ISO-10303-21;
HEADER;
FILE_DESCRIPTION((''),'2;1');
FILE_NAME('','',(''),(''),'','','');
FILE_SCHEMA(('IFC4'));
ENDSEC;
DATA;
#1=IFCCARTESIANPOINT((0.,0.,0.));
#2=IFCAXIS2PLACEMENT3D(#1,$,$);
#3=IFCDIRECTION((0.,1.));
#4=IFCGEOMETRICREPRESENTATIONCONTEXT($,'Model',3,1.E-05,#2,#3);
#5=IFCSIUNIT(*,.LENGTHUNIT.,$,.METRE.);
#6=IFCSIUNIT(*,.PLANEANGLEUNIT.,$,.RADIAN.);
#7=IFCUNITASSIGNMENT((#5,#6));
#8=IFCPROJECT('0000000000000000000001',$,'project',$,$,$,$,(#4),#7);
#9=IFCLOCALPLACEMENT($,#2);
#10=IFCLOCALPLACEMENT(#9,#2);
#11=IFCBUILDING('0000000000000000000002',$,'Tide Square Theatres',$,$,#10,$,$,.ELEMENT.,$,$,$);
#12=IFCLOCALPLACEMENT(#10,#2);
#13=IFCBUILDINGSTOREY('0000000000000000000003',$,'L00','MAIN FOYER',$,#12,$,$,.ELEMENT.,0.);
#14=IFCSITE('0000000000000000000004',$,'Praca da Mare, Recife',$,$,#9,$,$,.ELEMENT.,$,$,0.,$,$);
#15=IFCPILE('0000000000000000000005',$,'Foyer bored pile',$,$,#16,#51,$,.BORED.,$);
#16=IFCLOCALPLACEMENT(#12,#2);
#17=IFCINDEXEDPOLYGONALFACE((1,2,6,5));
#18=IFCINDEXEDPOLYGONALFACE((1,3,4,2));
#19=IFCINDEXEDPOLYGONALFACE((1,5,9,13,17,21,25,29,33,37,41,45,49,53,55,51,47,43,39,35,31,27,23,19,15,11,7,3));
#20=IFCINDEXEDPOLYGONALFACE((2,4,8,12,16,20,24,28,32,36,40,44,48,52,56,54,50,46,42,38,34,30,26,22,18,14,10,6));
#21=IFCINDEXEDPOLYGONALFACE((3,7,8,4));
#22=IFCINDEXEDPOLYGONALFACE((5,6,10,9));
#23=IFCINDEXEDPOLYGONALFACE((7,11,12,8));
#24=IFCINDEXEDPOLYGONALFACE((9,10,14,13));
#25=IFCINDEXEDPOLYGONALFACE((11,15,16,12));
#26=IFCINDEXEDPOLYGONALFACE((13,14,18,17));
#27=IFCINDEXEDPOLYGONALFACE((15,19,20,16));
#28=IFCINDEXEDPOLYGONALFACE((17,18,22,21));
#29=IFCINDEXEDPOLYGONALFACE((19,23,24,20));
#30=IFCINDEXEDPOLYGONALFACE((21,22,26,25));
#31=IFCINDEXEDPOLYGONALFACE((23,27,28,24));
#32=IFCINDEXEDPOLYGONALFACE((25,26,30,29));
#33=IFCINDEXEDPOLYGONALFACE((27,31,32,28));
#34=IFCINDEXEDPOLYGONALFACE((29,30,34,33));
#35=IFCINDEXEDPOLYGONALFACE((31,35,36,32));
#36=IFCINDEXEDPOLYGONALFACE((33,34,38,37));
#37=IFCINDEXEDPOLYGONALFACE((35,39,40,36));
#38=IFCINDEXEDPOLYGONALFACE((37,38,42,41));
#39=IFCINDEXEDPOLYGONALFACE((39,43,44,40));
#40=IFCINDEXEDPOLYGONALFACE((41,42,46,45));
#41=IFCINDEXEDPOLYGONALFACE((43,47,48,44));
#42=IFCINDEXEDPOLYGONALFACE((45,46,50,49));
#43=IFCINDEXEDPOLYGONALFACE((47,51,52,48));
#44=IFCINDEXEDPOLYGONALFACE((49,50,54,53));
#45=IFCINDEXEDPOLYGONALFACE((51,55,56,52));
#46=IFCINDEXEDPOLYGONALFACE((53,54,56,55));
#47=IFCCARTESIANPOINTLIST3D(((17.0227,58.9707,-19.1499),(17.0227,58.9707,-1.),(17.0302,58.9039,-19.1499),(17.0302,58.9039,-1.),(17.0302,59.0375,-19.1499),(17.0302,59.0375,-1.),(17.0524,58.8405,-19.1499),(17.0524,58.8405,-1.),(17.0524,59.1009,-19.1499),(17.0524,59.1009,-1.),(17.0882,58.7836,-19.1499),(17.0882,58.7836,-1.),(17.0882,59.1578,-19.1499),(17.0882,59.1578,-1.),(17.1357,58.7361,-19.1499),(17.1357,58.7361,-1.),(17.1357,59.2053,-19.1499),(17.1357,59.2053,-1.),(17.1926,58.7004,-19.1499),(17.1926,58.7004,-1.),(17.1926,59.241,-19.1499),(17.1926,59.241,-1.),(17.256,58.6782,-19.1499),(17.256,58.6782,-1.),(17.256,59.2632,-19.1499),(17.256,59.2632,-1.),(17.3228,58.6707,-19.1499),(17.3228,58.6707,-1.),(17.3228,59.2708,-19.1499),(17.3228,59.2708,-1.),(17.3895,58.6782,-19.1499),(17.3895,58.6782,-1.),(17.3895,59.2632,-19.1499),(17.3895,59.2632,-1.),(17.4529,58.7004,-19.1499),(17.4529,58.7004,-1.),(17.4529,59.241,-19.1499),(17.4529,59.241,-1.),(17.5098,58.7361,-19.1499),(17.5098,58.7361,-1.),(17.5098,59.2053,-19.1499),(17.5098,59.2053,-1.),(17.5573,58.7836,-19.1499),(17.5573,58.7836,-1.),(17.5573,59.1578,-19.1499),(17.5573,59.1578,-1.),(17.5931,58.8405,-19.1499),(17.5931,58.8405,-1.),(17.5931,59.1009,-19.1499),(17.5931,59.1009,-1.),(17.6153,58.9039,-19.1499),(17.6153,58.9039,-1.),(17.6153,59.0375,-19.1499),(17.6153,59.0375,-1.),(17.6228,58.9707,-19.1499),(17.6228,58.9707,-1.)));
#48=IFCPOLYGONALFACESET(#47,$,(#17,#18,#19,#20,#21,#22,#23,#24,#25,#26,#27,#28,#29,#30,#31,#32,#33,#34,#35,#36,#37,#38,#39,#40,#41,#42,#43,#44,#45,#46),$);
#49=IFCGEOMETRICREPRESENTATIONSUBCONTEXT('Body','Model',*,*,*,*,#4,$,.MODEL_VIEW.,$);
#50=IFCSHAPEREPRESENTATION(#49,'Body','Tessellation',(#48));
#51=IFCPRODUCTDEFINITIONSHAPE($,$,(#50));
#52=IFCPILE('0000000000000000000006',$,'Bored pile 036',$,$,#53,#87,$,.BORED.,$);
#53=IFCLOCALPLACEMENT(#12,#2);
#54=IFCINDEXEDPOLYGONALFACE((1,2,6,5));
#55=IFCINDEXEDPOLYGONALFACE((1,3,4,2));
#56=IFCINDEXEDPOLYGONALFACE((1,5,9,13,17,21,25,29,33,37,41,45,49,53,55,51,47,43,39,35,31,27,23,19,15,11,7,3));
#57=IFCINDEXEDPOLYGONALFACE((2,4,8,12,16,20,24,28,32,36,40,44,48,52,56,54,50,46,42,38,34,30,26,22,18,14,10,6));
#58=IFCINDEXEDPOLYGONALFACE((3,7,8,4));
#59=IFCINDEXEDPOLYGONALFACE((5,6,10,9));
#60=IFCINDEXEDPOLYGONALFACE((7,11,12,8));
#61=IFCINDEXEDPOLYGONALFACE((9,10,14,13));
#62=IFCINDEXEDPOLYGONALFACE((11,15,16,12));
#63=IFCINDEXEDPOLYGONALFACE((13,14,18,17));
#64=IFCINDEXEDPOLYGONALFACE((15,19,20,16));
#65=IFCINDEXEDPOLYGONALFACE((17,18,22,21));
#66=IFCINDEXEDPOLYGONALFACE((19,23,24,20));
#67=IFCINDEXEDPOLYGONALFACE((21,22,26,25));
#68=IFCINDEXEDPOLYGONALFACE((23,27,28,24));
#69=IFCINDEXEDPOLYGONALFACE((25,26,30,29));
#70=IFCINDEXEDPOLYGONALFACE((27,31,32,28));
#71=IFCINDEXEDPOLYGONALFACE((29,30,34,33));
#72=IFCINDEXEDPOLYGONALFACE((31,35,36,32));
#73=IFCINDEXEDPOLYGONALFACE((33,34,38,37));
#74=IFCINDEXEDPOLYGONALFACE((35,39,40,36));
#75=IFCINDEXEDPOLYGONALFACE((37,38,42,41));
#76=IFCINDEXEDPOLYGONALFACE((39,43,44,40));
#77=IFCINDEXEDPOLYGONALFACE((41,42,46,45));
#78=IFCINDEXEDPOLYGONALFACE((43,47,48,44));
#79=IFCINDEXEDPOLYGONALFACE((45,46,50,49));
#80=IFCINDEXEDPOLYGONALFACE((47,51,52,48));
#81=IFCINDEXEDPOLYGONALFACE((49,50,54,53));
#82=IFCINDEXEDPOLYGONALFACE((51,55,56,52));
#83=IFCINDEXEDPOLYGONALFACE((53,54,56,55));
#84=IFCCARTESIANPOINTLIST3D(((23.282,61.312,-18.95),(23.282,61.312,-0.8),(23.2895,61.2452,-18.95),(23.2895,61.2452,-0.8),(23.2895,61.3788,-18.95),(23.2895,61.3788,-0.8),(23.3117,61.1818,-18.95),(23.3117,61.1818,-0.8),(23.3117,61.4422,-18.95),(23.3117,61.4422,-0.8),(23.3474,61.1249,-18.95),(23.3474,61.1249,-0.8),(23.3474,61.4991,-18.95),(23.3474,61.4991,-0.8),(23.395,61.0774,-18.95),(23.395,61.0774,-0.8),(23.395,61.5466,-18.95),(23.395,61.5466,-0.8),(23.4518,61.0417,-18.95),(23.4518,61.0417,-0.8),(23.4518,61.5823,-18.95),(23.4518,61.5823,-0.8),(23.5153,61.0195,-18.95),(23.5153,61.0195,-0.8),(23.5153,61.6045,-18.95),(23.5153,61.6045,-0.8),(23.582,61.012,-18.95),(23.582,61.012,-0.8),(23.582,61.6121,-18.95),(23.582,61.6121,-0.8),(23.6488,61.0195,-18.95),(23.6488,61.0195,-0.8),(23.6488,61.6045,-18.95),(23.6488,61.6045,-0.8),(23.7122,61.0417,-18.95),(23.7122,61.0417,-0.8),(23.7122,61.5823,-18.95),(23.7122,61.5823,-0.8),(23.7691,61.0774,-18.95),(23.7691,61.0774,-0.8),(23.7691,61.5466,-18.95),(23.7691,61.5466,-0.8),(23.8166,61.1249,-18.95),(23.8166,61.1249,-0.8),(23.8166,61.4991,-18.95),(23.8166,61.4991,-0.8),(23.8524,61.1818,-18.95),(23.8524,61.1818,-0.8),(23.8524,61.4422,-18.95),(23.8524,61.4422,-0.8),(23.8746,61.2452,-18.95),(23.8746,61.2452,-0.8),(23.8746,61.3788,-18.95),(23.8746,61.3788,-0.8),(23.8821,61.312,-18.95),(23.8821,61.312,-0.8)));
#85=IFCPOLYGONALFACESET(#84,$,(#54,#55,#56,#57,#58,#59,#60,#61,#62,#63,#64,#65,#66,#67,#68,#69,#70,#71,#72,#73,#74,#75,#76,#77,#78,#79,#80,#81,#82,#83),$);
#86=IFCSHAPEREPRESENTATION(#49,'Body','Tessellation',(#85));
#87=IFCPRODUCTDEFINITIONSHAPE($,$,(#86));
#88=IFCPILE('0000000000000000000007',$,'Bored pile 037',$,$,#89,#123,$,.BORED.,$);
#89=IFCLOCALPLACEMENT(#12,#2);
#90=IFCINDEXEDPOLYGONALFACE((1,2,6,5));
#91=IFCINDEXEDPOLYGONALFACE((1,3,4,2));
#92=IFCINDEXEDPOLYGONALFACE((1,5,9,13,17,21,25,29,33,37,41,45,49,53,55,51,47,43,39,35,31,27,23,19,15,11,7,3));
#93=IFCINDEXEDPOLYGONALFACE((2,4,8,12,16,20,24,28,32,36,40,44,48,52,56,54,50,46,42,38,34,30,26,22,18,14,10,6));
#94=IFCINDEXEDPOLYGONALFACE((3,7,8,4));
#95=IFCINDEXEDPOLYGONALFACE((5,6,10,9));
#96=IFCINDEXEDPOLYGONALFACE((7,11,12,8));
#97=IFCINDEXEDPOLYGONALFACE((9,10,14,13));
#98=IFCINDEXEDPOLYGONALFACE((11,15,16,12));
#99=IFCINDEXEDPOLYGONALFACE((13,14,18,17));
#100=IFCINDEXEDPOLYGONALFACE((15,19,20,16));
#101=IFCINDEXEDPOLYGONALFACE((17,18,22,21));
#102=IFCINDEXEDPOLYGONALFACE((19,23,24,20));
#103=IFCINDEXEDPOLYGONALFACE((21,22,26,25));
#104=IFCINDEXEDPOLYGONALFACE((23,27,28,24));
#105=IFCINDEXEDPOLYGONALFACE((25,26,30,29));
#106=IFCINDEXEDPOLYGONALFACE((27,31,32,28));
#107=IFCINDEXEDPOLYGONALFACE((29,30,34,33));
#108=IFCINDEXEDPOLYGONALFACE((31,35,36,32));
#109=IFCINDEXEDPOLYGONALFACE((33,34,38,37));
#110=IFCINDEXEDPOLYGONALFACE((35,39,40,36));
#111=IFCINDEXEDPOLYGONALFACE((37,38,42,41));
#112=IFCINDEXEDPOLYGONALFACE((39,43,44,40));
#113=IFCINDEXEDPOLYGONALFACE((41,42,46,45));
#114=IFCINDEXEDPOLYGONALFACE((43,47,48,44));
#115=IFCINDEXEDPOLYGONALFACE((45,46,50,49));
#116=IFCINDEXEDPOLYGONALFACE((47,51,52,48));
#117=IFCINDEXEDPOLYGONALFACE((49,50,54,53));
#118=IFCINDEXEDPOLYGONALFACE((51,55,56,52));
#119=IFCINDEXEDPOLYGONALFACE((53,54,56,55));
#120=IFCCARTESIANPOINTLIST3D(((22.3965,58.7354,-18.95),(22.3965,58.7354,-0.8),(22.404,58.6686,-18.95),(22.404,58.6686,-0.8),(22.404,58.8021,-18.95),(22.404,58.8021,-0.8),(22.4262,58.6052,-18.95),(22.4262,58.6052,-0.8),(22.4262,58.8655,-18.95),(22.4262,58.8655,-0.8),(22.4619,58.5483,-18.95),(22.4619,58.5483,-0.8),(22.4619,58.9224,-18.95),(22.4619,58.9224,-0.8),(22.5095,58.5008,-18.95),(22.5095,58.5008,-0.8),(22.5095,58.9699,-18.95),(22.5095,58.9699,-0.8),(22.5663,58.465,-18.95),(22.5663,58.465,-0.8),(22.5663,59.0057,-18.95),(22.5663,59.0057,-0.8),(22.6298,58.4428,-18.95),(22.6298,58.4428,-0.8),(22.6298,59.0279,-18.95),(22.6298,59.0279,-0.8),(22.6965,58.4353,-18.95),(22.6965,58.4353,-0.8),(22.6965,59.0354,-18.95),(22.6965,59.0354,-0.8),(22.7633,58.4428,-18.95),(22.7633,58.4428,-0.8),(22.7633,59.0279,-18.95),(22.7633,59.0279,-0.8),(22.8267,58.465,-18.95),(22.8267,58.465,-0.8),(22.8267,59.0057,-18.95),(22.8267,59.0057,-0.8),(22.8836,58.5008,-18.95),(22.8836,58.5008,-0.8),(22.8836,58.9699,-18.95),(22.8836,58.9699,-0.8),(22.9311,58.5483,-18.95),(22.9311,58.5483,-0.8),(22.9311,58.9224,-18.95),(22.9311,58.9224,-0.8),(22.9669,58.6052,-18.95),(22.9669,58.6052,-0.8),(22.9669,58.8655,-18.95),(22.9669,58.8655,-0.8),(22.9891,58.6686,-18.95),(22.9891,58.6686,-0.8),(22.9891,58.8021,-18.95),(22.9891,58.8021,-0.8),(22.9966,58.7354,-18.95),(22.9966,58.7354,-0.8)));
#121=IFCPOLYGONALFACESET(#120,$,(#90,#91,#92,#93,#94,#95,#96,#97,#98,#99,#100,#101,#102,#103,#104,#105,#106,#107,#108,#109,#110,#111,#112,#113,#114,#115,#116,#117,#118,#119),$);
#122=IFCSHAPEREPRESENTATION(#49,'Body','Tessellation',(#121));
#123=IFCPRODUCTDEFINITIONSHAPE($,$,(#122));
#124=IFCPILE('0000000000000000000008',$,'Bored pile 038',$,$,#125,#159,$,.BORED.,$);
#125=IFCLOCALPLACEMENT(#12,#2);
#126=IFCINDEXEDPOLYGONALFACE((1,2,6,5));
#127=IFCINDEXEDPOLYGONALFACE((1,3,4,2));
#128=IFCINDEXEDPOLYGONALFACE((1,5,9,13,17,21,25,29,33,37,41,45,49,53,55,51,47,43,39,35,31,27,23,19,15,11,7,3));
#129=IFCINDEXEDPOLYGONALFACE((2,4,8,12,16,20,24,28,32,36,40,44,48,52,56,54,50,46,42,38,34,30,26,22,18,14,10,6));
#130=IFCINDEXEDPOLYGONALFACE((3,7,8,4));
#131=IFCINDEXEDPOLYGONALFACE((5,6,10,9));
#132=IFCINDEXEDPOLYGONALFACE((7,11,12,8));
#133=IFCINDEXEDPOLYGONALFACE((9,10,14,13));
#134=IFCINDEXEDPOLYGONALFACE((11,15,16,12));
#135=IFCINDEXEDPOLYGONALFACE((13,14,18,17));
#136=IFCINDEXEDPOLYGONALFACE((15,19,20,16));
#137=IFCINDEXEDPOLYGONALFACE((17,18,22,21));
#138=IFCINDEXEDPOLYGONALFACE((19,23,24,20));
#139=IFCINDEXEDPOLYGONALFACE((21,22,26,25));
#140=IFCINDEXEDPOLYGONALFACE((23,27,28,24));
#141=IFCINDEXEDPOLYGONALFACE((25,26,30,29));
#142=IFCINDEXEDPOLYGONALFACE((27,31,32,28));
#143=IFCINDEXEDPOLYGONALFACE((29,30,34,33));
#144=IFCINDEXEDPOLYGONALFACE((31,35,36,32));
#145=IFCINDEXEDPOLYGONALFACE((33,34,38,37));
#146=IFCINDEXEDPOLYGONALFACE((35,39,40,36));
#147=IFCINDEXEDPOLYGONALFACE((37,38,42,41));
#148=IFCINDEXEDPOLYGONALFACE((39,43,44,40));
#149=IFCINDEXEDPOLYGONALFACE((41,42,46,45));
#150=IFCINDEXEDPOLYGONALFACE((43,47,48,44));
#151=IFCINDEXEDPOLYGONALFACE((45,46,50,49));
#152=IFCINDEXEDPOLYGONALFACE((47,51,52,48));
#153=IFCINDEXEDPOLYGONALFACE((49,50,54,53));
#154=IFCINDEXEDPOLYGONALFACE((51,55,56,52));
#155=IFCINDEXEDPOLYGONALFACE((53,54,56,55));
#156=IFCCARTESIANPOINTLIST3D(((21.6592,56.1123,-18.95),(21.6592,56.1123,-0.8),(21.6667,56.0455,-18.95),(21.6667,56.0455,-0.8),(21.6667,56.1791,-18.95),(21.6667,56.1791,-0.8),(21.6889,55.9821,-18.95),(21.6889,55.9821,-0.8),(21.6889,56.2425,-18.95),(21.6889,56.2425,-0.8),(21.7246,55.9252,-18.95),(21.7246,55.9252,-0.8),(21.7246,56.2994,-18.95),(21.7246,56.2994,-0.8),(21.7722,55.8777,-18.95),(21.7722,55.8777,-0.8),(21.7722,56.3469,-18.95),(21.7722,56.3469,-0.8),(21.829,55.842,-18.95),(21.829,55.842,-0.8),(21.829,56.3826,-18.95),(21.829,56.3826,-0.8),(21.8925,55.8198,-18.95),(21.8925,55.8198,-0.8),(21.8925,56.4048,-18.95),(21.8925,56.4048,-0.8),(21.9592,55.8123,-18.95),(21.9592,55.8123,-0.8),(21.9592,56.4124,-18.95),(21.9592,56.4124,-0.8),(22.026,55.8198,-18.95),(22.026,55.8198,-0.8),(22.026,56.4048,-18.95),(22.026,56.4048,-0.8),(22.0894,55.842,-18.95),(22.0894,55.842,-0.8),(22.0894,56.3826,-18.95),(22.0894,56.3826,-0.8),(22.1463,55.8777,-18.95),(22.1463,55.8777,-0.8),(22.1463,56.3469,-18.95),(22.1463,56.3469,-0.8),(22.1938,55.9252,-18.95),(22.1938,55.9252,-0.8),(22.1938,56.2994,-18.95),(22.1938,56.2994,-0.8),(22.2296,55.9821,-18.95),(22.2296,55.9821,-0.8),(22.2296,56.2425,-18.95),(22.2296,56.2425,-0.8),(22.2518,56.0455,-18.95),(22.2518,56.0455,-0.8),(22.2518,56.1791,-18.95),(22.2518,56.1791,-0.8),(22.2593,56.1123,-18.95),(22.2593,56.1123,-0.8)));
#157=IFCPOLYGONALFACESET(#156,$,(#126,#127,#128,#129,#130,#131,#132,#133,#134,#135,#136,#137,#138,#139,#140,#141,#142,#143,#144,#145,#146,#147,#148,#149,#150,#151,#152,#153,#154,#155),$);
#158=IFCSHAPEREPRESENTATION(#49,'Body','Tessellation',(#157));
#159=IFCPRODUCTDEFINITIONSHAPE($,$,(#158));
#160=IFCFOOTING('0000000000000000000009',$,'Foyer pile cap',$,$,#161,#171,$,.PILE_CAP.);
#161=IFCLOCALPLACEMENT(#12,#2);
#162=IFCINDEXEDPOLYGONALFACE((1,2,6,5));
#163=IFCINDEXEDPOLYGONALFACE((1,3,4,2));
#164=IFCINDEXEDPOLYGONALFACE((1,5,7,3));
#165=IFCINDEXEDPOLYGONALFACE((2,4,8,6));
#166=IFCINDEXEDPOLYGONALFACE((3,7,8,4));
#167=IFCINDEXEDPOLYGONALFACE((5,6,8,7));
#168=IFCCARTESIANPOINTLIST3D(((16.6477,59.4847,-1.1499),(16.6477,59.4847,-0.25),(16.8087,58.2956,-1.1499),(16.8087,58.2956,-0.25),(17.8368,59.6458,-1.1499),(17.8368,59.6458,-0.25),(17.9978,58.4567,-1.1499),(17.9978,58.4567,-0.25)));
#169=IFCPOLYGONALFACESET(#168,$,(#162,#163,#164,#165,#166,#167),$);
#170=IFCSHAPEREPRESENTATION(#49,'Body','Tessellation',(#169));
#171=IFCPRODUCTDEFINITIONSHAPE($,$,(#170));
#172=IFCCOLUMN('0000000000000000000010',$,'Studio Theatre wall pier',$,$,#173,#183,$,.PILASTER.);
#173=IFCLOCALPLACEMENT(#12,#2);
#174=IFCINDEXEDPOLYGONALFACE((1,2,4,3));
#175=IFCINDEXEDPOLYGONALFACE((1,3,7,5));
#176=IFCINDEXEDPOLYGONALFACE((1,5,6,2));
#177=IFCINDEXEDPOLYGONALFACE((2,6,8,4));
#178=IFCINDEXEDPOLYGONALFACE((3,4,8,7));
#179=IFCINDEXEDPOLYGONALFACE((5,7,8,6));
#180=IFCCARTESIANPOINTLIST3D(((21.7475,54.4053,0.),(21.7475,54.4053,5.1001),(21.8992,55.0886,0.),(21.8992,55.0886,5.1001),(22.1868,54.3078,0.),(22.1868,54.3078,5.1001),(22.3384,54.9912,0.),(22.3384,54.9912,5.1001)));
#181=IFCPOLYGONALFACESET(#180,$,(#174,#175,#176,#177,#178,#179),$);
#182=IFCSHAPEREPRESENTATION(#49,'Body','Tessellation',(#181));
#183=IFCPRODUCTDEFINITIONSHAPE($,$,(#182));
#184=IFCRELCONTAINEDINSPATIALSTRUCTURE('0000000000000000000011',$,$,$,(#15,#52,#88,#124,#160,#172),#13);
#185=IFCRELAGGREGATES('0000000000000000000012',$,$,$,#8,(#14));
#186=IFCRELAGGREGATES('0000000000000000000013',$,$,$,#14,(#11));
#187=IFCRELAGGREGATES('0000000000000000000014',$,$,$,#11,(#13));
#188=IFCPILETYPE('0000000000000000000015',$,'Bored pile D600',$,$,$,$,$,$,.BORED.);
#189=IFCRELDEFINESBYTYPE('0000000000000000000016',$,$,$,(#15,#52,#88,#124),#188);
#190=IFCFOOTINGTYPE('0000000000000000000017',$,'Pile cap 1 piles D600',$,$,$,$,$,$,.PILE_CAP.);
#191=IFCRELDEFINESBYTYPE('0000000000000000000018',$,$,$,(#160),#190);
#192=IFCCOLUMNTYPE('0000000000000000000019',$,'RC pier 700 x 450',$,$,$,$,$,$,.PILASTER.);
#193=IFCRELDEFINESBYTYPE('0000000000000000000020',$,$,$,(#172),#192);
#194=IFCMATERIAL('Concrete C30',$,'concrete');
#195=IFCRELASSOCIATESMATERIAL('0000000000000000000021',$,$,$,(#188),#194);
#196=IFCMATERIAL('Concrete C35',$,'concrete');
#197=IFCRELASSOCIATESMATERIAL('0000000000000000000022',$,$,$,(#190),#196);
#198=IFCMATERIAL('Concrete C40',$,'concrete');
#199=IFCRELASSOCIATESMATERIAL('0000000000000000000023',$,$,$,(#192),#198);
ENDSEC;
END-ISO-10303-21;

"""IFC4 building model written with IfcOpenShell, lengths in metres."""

from ifc_helpers import new_model, si_unit, direction, frame, origin, origin_2d, place, context, subcontext, project, spatial, rectangle, circle, extrude, material, material_profile, profile_set, type_object, element, save


model = new_model("IFC4")

# Units and contexts
model_context = context("Model", 3, precision=1e-05, world=origin(), true_north=direction((0.0, 1.0)))
body_context = subcontext(model_context, "Body", "Model", "MODEL_VIEW")
ifc_project = project(units=[si_unit("LENGTHUNIT", "METRE"), si_unit("PLANEANGLEUNIT", "RADIAN")], contexts=[model_context])

# Site, building, storey
site_placement = place(None, origin())
site = spatial("IfcSite", under=ifc_project, at=site_placement, Name="Praca da Mare, Recife", CompositionType="ELEMENT", RefElevation=0.0)
building_placement = place(site_placement, origin())
building = spatial("IfcBuilding", under=site, at=building_placement, Name="Tide Square Theatres", CompositionType="ELEMENT")
storey_placement = place(building_placement, origin())
storey = spatial("IfcBuildingStorey", under=building, at=storey_placement, Name="L00", Description="MAIN FOYER", CompositionType="ELEMENT", Elevation=0.0)

# Piles
ifc_material_1 = material(Name="Concrete C30", Category="concrete")
ifc_material_profile_1 = material_profile(ifc_material_1, circle(Radius=0.3, at=origin_2d()))
ifc_profile_set_1 = profile_set([ifc_material_profile_1], Name="Concrete C30")
pile_type = type_object("IfcPileType", Name="Bored pile D600", PredefinedType="BORED", material=ifc_profile_set_1)
for number, where, z_axis, x_axis, name in (
    (1, (17.3228, 58.9707, -1.0), (0.0, 0.0, -1.0), (1.0, 0.0, 0.0), "Foyer bored pile"),
    (2, (23.582, 61.312, -0.8), (0.0, 0.0, -1.0), (1.0, 0.0, 0.0), "Bored pile 036"),
    (3, (22.6965, 58.7354, -0.8), (0.0, 0.0, -1.0), (1.0, 0.0, 0.0), "Bored pile 037"),
    (4, (21.9592, 56.1123, -0.8), (0.0, 0.0, -1.0), (1.0, 0.0, 0.0), "Bored pile 038"),
):
    element("IfcPile", number, at=place(storey_placement, frame(where, z_axis=z_axis, x_axis=x_axis)), inside=storey, type_object=pile_type, Name=name, PredefinedType="BORED", context=body_context, shape_type="SweptSolid", body=[
        extrude(circle(Radius=0.3, at=origin_2d()), origin(), (0.0, 0.0, 1.0), 18.1499),
    ])

# Footing
ifc_material_2 = material(Name="Concrete C35", Category="concrete")
footing_type = type_object("IfcFootingType", Name="Pile cap 1 piles D600", PredefinedType="PILE_CAP", material=ifc_material_2)
footing_placement = place(storey_placement, frame((17.3228, 58.9707, -1.1499), z_axis=(0.0, 0.0, 1.0), x_axis=(0.134194, -0.990955, 0.0)))
element("IfcFooting", 5, at=footing_placement, inside=storey, type_object=footing_type, Name="Foyer pile cap", PredefinedType="PILE_CAP", context=body_context, shape_type="SweptSolid", body=[
    extrude(rectangle(XDim=1.2, YDim=1.2, at=origin_2d()), origin(), (0.0, 0.0, 1.0), 0.8999),
])

# Column
ifc_material_3 = material(Name="Concrete C40", Category="concrete")
ifc_material_profile_2 = material_profile(ifc_material_3, rectangle(XDim=0.7, YDim=0.45, at=origin_2d()))
ifc_profile_set_2 = profile_set([ifc_material_profile_2], Name="Concrete C40")
column_type_1 = type_object("IfcColumnType", Name="RC pier 700 x 450", PredefinedType="PILASTER", material=ifc_profile_set_2)
column_1_placement = place(storey_placement, frame((22.043, 54.6982, 0.0), z_axis=(0.0, 0.0, 1.0), x_axis=(-0.216641, -0.976251, 0.0)))
element("IfcColumn", 6, at=column_1_placement, inside=storey, type_object=column_type_1, Name="Studio Theatre wall pier", PredefinedType="PILASTER", context=body_context, shape_type="SweptSolid", body=[
    extrude(rectangle(XDim=0.7, YDim=0.45, at=origin_2d()), origin(), (0.0, 0.0, 1.0), 5.1001),
])

save(model, "model.ifc")
